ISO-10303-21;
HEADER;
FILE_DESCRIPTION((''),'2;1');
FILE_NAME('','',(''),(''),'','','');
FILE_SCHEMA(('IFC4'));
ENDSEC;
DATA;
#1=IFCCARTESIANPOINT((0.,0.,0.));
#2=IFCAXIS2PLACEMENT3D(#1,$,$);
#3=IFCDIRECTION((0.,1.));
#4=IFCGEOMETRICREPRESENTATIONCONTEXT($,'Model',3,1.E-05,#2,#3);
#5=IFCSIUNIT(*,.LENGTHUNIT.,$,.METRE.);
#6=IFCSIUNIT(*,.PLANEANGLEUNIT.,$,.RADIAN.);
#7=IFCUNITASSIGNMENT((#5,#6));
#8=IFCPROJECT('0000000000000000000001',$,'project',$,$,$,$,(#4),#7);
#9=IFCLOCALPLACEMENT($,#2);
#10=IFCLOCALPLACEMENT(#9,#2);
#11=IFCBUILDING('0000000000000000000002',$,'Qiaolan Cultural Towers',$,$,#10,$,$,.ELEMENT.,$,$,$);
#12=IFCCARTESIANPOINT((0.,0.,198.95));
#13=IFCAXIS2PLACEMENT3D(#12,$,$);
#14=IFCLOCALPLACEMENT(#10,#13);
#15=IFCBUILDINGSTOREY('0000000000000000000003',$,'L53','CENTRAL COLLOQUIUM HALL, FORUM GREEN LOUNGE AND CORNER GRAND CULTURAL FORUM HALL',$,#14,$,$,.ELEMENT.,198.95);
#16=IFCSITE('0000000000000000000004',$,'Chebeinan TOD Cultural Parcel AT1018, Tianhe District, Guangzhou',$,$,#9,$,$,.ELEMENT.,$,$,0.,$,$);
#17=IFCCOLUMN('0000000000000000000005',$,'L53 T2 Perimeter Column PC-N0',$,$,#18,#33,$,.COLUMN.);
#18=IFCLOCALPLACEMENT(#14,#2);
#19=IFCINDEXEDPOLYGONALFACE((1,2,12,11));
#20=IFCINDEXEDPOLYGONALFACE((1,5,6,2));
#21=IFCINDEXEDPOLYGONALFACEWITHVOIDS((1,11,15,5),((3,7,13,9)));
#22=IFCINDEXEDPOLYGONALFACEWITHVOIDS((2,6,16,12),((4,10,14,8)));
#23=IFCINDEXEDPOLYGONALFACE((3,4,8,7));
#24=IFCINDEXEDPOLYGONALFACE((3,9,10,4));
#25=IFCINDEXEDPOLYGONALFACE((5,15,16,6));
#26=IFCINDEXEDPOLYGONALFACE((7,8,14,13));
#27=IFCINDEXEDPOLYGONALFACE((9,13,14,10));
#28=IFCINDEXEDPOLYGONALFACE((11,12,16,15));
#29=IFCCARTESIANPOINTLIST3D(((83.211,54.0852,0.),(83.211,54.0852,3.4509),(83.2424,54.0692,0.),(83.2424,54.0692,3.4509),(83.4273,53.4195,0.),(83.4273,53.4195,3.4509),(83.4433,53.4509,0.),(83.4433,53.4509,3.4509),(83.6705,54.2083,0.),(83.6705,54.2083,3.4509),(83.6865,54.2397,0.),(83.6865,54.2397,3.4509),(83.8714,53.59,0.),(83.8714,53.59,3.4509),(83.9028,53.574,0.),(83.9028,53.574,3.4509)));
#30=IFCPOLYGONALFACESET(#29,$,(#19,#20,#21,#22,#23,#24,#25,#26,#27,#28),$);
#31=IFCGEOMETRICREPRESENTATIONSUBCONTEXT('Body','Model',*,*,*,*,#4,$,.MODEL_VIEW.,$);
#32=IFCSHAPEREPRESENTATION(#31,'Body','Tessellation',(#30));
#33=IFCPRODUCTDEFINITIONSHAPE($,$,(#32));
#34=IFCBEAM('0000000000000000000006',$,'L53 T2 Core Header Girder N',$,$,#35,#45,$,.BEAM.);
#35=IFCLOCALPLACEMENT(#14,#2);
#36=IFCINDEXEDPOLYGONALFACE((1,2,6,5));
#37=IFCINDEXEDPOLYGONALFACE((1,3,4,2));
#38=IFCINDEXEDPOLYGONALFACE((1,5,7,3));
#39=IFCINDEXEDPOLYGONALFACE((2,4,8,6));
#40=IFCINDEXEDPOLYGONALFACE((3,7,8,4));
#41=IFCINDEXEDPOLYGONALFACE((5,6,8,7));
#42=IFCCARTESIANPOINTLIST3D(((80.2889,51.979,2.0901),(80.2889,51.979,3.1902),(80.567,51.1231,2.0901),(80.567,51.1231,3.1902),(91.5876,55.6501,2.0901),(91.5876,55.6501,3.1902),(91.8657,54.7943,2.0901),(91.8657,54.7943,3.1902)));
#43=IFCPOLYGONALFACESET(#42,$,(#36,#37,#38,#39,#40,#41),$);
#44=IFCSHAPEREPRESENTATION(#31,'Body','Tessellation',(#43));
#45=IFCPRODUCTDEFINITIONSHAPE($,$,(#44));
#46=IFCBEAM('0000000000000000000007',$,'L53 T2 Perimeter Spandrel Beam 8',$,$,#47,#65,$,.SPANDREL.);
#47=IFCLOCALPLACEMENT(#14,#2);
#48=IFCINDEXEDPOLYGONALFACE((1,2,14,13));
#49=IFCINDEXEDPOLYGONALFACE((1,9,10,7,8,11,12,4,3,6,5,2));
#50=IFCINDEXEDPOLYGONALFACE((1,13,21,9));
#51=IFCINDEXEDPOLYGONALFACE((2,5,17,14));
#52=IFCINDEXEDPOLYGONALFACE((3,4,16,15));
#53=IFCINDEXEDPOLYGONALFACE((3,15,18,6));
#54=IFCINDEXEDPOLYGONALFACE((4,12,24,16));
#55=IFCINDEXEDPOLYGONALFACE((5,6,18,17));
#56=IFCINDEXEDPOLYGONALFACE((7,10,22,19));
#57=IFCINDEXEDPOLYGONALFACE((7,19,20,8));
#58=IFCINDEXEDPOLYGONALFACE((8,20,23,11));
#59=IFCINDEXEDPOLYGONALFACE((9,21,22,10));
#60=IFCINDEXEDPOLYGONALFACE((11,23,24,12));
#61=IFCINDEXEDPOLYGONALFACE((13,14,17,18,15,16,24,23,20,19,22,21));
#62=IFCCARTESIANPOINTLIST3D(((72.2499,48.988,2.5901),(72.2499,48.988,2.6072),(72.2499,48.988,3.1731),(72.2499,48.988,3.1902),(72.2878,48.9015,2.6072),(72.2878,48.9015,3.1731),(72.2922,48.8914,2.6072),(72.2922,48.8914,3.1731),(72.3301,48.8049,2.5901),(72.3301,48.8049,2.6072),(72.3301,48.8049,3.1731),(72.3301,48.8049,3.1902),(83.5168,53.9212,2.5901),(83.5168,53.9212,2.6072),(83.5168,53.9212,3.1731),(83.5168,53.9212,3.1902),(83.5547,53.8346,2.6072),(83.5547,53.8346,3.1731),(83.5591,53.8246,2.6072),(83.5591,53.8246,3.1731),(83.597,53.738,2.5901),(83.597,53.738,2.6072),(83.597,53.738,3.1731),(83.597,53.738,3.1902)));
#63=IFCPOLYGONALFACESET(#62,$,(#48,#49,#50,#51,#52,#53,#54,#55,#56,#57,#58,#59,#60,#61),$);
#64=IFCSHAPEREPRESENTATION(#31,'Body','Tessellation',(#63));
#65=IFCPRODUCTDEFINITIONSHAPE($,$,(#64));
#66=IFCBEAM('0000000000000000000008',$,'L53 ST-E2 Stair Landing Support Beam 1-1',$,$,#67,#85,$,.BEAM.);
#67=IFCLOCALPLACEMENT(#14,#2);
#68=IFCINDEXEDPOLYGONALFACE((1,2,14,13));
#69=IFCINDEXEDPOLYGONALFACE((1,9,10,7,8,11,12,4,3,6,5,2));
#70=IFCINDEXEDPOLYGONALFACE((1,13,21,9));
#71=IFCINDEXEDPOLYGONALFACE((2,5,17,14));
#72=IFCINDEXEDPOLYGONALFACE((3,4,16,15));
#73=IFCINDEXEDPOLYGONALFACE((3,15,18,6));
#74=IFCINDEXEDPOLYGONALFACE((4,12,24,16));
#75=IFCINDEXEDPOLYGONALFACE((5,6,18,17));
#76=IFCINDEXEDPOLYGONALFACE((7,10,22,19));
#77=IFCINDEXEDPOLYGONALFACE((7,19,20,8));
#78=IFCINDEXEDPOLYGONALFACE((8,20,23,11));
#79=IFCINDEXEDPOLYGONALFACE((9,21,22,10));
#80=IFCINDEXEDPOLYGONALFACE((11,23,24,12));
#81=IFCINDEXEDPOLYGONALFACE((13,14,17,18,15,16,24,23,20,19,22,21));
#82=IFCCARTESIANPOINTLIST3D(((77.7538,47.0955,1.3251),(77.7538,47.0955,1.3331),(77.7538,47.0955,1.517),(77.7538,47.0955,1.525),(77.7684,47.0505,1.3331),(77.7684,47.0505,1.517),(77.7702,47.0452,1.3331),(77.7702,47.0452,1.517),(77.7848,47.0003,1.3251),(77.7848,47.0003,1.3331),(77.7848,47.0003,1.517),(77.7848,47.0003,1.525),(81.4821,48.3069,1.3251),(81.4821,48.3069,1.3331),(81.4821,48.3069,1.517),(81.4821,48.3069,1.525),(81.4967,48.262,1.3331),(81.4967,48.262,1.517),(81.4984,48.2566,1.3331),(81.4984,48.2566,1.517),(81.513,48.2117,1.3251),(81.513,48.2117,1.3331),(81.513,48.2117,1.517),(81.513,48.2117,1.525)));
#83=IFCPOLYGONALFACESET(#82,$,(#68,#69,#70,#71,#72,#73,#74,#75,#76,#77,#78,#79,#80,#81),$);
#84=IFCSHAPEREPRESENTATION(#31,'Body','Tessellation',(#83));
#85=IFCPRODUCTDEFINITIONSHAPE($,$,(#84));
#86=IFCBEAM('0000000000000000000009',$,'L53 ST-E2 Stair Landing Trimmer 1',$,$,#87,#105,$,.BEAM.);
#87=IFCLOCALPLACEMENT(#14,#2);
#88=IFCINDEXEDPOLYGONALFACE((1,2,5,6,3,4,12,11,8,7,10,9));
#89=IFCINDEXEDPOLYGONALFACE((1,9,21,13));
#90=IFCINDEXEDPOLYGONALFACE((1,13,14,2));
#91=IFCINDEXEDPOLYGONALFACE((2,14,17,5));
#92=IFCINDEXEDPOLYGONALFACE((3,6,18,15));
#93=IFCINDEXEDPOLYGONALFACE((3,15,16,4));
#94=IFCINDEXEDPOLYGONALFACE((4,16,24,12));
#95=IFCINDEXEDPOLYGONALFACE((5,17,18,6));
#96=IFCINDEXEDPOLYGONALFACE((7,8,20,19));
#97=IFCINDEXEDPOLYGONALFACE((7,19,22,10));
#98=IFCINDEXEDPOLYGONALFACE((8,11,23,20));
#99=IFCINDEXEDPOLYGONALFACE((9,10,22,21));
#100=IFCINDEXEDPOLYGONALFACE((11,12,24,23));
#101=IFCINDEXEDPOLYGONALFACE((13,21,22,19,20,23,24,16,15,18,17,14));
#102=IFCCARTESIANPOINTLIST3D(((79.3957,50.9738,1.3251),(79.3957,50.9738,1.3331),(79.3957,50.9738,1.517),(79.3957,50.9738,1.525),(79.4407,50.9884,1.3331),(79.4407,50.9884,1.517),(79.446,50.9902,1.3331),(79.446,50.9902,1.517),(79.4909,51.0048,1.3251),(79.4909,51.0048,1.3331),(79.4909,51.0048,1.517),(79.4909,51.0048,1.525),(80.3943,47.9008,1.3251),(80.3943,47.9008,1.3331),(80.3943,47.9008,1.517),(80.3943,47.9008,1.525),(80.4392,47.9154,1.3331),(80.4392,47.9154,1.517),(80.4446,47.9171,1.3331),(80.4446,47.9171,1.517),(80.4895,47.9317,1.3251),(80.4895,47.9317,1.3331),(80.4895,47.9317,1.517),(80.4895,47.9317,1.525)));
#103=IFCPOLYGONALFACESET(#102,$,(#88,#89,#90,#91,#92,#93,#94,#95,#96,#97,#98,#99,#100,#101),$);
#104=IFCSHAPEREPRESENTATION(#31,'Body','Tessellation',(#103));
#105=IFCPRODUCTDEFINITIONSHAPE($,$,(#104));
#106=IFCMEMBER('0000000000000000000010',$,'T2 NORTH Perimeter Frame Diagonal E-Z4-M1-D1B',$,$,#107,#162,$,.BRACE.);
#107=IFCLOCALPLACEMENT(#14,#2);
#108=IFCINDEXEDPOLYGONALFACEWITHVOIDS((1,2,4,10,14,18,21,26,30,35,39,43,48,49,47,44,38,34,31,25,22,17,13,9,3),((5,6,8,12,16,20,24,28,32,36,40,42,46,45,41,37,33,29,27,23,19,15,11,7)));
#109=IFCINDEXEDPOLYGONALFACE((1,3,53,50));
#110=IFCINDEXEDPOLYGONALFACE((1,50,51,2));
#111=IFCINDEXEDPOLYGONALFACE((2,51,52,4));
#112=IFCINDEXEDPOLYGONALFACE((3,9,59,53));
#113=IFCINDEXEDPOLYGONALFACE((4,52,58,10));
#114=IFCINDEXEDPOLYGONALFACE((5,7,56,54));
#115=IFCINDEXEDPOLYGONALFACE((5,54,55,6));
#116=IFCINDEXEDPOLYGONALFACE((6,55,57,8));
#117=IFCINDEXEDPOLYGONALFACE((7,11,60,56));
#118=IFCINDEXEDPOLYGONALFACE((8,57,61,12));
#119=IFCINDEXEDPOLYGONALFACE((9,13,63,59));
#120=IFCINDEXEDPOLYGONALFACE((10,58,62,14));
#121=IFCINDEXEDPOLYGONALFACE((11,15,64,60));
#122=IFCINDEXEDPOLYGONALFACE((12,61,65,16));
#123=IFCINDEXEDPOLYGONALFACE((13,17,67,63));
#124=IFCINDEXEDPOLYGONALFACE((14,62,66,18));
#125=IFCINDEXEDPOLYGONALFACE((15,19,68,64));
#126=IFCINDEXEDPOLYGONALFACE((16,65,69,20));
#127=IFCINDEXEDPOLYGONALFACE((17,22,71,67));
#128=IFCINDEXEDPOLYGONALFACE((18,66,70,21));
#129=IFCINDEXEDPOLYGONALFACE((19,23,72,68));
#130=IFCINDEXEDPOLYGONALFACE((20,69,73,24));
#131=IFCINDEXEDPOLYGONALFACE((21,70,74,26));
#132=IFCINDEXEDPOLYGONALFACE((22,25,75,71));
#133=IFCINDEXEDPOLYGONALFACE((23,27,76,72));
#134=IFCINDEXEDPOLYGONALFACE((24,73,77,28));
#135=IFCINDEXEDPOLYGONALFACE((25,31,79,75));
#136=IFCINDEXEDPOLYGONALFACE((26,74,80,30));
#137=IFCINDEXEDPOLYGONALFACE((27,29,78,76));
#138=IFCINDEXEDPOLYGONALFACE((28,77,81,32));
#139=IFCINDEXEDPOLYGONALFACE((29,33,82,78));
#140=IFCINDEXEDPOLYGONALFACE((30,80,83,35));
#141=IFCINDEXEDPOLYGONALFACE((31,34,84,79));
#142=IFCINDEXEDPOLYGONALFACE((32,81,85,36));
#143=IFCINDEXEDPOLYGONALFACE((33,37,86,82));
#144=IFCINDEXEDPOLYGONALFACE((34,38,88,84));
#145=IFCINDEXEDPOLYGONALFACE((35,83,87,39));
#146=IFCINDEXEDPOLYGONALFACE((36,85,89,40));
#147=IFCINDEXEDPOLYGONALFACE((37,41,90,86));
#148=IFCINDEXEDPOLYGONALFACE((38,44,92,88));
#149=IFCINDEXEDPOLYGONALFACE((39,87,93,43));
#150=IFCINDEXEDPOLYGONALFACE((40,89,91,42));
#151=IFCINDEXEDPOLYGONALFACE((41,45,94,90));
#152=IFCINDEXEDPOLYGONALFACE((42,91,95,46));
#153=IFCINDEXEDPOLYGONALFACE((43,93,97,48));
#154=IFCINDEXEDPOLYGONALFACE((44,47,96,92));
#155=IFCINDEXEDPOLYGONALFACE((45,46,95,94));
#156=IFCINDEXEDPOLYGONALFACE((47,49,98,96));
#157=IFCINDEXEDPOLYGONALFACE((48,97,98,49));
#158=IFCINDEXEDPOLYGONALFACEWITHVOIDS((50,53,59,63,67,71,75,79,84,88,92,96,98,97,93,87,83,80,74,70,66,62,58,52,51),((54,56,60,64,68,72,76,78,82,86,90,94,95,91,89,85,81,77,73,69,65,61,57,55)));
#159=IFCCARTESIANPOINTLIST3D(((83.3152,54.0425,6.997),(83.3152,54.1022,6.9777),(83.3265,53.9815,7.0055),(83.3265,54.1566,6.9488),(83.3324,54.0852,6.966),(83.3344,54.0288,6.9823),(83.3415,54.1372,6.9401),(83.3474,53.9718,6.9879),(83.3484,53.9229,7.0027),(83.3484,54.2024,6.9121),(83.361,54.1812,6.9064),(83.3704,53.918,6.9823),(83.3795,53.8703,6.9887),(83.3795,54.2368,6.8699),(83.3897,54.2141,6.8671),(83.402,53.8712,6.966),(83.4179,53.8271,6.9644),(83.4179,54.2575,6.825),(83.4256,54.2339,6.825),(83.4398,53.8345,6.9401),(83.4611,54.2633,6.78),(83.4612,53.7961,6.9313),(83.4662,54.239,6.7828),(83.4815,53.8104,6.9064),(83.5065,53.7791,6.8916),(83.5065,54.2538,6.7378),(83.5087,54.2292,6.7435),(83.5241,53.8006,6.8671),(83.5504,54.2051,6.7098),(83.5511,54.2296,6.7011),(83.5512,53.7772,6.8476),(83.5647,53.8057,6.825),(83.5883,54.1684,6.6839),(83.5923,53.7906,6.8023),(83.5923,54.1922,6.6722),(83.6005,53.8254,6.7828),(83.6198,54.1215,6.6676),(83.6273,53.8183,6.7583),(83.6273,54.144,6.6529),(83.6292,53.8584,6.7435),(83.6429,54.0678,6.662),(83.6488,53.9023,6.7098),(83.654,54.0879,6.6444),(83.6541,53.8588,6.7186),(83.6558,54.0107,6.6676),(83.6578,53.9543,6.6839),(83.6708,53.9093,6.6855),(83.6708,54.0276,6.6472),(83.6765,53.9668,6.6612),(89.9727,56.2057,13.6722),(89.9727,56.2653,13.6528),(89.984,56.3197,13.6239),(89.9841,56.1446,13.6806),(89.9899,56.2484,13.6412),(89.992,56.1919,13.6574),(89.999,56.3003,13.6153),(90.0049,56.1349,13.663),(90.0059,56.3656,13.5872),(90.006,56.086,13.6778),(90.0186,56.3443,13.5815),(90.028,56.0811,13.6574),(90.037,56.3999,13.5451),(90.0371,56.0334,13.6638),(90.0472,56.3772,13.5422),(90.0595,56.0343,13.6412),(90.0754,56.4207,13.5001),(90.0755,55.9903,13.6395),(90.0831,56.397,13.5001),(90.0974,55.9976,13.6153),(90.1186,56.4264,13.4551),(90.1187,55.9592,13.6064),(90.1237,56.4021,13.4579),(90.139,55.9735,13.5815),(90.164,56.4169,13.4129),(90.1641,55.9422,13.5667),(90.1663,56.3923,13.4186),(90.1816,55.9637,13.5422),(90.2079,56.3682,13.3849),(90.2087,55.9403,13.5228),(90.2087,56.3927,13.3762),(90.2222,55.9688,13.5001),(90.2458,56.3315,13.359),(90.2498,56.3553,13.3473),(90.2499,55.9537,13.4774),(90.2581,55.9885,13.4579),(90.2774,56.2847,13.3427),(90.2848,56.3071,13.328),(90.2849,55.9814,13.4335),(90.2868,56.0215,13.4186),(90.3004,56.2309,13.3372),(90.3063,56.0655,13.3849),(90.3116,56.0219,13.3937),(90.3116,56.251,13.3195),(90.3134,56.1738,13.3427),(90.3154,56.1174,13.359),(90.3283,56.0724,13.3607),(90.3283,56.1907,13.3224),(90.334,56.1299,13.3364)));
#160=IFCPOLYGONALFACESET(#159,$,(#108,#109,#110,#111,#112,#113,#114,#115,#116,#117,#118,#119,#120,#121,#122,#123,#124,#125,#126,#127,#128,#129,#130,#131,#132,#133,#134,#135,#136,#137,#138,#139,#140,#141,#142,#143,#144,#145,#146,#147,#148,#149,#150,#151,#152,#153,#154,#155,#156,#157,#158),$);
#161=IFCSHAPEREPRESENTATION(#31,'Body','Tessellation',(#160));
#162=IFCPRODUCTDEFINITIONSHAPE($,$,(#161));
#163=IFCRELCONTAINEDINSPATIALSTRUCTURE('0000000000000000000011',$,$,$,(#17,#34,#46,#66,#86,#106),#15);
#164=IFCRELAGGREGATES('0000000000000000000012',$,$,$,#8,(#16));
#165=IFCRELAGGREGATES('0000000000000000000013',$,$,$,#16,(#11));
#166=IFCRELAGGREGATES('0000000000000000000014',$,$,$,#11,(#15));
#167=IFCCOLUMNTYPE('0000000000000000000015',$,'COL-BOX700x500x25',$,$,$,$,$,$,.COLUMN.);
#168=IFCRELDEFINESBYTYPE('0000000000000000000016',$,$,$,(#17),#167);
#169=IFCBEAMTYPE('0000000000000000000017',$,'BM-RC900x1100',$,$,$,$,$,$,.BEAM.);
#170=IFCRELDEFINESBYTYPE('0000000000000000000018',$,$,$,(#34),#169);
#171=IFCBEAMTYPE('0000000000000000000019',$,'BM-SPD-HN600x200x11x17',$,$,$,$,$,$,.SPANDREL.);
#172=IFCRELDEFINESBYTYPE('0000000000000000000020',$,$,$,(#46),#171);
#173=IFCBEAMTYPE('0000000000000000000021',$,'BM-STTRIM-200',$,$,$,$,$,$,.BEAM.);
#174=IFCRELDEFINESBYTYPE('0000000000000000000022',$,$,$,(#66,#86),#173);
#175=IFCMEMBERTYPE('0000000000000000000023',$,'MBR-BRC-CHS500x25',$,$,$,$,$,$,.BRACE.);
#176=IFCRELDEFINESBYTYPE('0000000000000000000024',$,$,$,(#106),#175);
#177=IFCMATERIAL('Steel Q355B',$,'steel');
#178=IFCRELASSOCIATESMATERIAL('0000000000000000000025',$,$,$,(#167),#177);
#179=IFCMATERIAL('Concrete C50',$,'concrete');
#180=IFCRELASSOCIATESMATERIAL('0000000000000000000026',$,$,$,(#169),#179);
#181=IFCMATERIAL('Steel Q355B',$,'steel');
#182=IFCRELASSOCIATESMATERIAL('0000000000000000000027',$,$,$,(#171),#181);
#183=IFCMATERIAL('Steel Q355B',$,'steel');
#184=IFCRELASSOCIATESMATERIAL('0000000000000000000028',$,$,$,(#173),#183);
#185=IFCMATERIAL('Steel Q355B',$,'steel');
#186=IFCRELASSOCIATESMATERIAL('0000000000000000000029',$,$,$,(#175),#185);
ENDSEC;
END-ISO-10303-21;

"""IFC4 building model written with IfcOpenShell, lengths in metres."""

from ifc_helpers import new_model, si_unit, direction, frame, origin, origin_2d, place, context, subcontext, project, spatial, rectangle, hollow_rectangle, hollow_circle, i_section, extrude, material, material_profile, profile_set, type_object, element, save


model = new_model("IFC4")

# Units and contexts
model_context = context("Model", 3, precision=1e-05, world=origin(), true_north=direction((0.0, 1.0)))
body_context = subcontext(model_context, "Body", "Model", "MODEL_VIEW")
ifc_project = project(units=[si_unit("LENGTHUNIT", "METRE"), si_unit("PLANEANGLEUNIT", "RADIAN")], contexts=[model_context])

# Site, building, storey
site_placement = place(None, origin())
site = spatial("IfcSite", under=ifc_project, at=site_placement, Name="Chebeinan TOD Cultural Parcel AT1018, Tianhe District, Guangzhou", CompositionType="ELEMENT", RefElevation=0.0)
building_placement = place(site_placement, origin())
building = spatial("IfcBuilding", under=site, at=building_placement, Name="Qiaolan Cultural Towers", CompositionType="ELEMENT")
storey_placement = place(building_placement, frame((0.0, 0.0, 198.95)))
storey = spatial("IfcBuildingStorey", under=building, at=storey_placement, Name="L53", Description="CENTRAL COLLOQUIUM HALL, FORUM GREEN LOUNGE AND CORNER GRAND CULTURAL FORUM HALL", CompositionType="ELEMENT", Elevation=198.95)

# Column
ifc_material_1 = material(Name="Steel Q355B", Category="steel")
ifc_material_profile_1 = material_profile(ifc_material_1, hollow_rectangle(XDim=0.5, YDim=0.7, WallThickness=0.0249, at=origin_2d()), Name="BOX700x500x25")
ifc_profile_set_1 = profile_set([ifc_material_profile_1], Name="Steel Q355B")
column_type = type_object("IfcColumnType", Name="COL-BOX700x500x25", PredefinedType="COLUMN", material=ifc_profile_set_1)
column_placement = place(storey_placement, frame((83.5569, 53.8296, 0.0), z_axis=(0.0, 0.0, 1.0), x_axis=(0.951057, 0.309017, 0.0)))
element("IfcColumn", 1, at=column_placement, inside=storey, type_object=column_type, Name="L53 T2 Perimeter Column PC-N0", PredefinedType="COLUMN", context=body_context, shape_type="SweptSolid", body=[
    extrude(hollow_rectangle(XDim=0.5, YDim=0.7, WallThickness=0.0249, at=origin_2d()), origin(), (0.0, 0.0, 1.0), 3.4509),
])

# Beams
ifc_material_2 = material(Name="Concrete C50", Category="concrete")
ifc_material_profile_2 = material_profile(ifc_material_2, rectangle(XDim=0.8999, YDim=1.1001, at=origin_2d()), Name="RC900x1100")
ifc_profile_set_2 = profile_set([ifc_material_profile_2], Name="Concrete C50")
beam_type_1 = type_object("IfcBeamType", Name="BM-RC900x1100", PredefinedType="BEAM", material=ifc_profile_set_2)
beam_1_placement = place(storey_placement, frame((80.428, 51.551, 2.6401), z_axis=(0.951056, 0.309018, 0.0), x_axis=(-0.309018, 0.951056, 0.0)))
element("IfcBeam", 2, at=beam_1_placement, inside=storey, type_object=beam_type_1, Name="L53 T2 Core Header Girder N", PredefinedType="BEAM", context=body_context, shape_type="SweptSolid", body=[
    extrude(rectangle(XDim=0.8999, YDim=1.1001, at=origin_2d()), origin(), (0.0, 0.0, 1.0), 11.8801),
])
ifc_material_3 = material(Name="Steel Q355B", Category="steel")
ifc_material_profile_3 = material_profile(ifc_material_3, i_section(OverallWidth=0.2, OverallDepth=0.6001, WebThickness=0.011, FlangeThickness=0.0171, at=origin_2d()), Name="HN600x200x11x17")
ifc_profile_set_3 = profile_set([ifc_material_profile_3], Name="Steel Q355B")
beam_type_2 = type_object("IfcBeamType", Name="BM-SPD-HN600x200x11x17", PredefinedType="SPANDREL", material=ifc_profile_set_3)
beam_2_placement = place(storey_placement, frame((83.5569, 53.8296, 2.8901), z_axis=(-0.916042, -0.401082, 0.0), x_axis=(0.401082, -0.916042, 0.0)))
element("IfcBeam", 3, at=beam_2_placement, inside=storey, type_object=beam_type_2, Name="L53 T2 Perimeter Spandrel Beam 8", PredefinedType="SPANDREL", context=body_context, shape_type="SweptSolid", body=[
    extrude(i_section(OverallWidth=0.2, OverallDepth=0.6001, WebThickness=0.011, FlangeThickness=0.0171, at=origin_2d()), origin(), (0.0, 0.0, 1.0), 12.2996),
])
ifc_material_4 = material(Name="Steel Q355B", Category="steel")
ifc_material_profile_4 = material_profile(ifc_material_4, i_section(OverallWidth=0.1001, OverallDepth=0.2, WebThickness=0.0056, FlangeThickness=0.0081, at=origin_2d()), Name="HN200x100x5.5x8")
ifc_profile_set_4 = profile_set([ifc_material_profile_4], Name="Steel Q355B")
beam_type_3 = type_object("IfcBeamType", Name="BM-STTRIM-200", PredefinedType="BEAM", material=ifc_profile_set_4)
beam_3_placement = place(storey_placement, frame((77.7693, 47.0479, 1.425), z_axis=(0.951054, 0.309026, 0.0), x_axis=(-0.309026, 0.951054, 0.0)))
element("IfcBeam", 4, at=beam_3_placement, inside=storey, type_object=beam_type_3, Name="L53 ST-E2 Stair Landing Support Beam 1-1", PredefinedType="BEAM", context=body_context, shape_type="SweptSolid", body=[
    extrude(i_section(OverallWidth=0.1001, OverallDepth=0.2, WebThickness=0.0056, FlangeThickness=0.0081, at=origin_2d()), origin(), (0.0, 0.0, 1.0), 3.9202),
])
beam_4_placement = place(storey_placement, frame((80.4419, 47.9163, 1.425), z_axis=(-0.309033, 0.951051, 0.0), x_axis=(-0.951051, -0.309033, 0.0)))
element("IfcBeam", 5, at=beam_4_placement, inside=storey, type_object=beam_type_3, Name="L53 ST-E2 Stair Landing Trimmer 1", PredefinedType="BEAM", context=body_context, shape_type="SweptSolid", body=[
    extrude(i_section(OverallWidth=0.1001, OverallDepth=0.2, WebThickness=0.0056, FlangeThickness=0.0081, at=origin_2d()), origin(), (0.0, 0.0, 1.0), 3.2312),
])

# Member
ifc_material_5 = material(Name="Steel Q355B", Category="steel")
ifc_material_profile_5 = material_profile(ifc_material_5, hollow_circle(Radius=0.25, WallThickness=0.0249, at=origin_2d()), Name="CHS500x25")
ifc_profile_set_5 = profile_set([ifc_material_profile_5], Name="Steel Q355B")
member_type = type_object("IfcMemberType", Name="MBR-BRC-CHS500x25", PredefinedType="BRACE", material=ifc_profile_set_5)
member_1_placement = place(storey_placement, frame((83.4951, 54.0198, 6.825), z_axis=(0.688289, 0.223633, 0.690106), x_axis=(-0.30901, 0.951059, 0.0)))
element("IfcMember", 6, at=member_1_placement, inside=storey, type_object=member_type, Name="T2 NORTH Perimeter Frame Diagonal E-Z4-M1-D1B", PredefinedType="BRACE", context=body_context, shape_type="SweptSolid", body=[
    extrude(hollow_circle(Radius=0.25, WallThickness=0.0249, at=origin_2d()), origin(), (0.0, 0.0, 1.0), 9.6726),
])

save(model, "model.ifc")
